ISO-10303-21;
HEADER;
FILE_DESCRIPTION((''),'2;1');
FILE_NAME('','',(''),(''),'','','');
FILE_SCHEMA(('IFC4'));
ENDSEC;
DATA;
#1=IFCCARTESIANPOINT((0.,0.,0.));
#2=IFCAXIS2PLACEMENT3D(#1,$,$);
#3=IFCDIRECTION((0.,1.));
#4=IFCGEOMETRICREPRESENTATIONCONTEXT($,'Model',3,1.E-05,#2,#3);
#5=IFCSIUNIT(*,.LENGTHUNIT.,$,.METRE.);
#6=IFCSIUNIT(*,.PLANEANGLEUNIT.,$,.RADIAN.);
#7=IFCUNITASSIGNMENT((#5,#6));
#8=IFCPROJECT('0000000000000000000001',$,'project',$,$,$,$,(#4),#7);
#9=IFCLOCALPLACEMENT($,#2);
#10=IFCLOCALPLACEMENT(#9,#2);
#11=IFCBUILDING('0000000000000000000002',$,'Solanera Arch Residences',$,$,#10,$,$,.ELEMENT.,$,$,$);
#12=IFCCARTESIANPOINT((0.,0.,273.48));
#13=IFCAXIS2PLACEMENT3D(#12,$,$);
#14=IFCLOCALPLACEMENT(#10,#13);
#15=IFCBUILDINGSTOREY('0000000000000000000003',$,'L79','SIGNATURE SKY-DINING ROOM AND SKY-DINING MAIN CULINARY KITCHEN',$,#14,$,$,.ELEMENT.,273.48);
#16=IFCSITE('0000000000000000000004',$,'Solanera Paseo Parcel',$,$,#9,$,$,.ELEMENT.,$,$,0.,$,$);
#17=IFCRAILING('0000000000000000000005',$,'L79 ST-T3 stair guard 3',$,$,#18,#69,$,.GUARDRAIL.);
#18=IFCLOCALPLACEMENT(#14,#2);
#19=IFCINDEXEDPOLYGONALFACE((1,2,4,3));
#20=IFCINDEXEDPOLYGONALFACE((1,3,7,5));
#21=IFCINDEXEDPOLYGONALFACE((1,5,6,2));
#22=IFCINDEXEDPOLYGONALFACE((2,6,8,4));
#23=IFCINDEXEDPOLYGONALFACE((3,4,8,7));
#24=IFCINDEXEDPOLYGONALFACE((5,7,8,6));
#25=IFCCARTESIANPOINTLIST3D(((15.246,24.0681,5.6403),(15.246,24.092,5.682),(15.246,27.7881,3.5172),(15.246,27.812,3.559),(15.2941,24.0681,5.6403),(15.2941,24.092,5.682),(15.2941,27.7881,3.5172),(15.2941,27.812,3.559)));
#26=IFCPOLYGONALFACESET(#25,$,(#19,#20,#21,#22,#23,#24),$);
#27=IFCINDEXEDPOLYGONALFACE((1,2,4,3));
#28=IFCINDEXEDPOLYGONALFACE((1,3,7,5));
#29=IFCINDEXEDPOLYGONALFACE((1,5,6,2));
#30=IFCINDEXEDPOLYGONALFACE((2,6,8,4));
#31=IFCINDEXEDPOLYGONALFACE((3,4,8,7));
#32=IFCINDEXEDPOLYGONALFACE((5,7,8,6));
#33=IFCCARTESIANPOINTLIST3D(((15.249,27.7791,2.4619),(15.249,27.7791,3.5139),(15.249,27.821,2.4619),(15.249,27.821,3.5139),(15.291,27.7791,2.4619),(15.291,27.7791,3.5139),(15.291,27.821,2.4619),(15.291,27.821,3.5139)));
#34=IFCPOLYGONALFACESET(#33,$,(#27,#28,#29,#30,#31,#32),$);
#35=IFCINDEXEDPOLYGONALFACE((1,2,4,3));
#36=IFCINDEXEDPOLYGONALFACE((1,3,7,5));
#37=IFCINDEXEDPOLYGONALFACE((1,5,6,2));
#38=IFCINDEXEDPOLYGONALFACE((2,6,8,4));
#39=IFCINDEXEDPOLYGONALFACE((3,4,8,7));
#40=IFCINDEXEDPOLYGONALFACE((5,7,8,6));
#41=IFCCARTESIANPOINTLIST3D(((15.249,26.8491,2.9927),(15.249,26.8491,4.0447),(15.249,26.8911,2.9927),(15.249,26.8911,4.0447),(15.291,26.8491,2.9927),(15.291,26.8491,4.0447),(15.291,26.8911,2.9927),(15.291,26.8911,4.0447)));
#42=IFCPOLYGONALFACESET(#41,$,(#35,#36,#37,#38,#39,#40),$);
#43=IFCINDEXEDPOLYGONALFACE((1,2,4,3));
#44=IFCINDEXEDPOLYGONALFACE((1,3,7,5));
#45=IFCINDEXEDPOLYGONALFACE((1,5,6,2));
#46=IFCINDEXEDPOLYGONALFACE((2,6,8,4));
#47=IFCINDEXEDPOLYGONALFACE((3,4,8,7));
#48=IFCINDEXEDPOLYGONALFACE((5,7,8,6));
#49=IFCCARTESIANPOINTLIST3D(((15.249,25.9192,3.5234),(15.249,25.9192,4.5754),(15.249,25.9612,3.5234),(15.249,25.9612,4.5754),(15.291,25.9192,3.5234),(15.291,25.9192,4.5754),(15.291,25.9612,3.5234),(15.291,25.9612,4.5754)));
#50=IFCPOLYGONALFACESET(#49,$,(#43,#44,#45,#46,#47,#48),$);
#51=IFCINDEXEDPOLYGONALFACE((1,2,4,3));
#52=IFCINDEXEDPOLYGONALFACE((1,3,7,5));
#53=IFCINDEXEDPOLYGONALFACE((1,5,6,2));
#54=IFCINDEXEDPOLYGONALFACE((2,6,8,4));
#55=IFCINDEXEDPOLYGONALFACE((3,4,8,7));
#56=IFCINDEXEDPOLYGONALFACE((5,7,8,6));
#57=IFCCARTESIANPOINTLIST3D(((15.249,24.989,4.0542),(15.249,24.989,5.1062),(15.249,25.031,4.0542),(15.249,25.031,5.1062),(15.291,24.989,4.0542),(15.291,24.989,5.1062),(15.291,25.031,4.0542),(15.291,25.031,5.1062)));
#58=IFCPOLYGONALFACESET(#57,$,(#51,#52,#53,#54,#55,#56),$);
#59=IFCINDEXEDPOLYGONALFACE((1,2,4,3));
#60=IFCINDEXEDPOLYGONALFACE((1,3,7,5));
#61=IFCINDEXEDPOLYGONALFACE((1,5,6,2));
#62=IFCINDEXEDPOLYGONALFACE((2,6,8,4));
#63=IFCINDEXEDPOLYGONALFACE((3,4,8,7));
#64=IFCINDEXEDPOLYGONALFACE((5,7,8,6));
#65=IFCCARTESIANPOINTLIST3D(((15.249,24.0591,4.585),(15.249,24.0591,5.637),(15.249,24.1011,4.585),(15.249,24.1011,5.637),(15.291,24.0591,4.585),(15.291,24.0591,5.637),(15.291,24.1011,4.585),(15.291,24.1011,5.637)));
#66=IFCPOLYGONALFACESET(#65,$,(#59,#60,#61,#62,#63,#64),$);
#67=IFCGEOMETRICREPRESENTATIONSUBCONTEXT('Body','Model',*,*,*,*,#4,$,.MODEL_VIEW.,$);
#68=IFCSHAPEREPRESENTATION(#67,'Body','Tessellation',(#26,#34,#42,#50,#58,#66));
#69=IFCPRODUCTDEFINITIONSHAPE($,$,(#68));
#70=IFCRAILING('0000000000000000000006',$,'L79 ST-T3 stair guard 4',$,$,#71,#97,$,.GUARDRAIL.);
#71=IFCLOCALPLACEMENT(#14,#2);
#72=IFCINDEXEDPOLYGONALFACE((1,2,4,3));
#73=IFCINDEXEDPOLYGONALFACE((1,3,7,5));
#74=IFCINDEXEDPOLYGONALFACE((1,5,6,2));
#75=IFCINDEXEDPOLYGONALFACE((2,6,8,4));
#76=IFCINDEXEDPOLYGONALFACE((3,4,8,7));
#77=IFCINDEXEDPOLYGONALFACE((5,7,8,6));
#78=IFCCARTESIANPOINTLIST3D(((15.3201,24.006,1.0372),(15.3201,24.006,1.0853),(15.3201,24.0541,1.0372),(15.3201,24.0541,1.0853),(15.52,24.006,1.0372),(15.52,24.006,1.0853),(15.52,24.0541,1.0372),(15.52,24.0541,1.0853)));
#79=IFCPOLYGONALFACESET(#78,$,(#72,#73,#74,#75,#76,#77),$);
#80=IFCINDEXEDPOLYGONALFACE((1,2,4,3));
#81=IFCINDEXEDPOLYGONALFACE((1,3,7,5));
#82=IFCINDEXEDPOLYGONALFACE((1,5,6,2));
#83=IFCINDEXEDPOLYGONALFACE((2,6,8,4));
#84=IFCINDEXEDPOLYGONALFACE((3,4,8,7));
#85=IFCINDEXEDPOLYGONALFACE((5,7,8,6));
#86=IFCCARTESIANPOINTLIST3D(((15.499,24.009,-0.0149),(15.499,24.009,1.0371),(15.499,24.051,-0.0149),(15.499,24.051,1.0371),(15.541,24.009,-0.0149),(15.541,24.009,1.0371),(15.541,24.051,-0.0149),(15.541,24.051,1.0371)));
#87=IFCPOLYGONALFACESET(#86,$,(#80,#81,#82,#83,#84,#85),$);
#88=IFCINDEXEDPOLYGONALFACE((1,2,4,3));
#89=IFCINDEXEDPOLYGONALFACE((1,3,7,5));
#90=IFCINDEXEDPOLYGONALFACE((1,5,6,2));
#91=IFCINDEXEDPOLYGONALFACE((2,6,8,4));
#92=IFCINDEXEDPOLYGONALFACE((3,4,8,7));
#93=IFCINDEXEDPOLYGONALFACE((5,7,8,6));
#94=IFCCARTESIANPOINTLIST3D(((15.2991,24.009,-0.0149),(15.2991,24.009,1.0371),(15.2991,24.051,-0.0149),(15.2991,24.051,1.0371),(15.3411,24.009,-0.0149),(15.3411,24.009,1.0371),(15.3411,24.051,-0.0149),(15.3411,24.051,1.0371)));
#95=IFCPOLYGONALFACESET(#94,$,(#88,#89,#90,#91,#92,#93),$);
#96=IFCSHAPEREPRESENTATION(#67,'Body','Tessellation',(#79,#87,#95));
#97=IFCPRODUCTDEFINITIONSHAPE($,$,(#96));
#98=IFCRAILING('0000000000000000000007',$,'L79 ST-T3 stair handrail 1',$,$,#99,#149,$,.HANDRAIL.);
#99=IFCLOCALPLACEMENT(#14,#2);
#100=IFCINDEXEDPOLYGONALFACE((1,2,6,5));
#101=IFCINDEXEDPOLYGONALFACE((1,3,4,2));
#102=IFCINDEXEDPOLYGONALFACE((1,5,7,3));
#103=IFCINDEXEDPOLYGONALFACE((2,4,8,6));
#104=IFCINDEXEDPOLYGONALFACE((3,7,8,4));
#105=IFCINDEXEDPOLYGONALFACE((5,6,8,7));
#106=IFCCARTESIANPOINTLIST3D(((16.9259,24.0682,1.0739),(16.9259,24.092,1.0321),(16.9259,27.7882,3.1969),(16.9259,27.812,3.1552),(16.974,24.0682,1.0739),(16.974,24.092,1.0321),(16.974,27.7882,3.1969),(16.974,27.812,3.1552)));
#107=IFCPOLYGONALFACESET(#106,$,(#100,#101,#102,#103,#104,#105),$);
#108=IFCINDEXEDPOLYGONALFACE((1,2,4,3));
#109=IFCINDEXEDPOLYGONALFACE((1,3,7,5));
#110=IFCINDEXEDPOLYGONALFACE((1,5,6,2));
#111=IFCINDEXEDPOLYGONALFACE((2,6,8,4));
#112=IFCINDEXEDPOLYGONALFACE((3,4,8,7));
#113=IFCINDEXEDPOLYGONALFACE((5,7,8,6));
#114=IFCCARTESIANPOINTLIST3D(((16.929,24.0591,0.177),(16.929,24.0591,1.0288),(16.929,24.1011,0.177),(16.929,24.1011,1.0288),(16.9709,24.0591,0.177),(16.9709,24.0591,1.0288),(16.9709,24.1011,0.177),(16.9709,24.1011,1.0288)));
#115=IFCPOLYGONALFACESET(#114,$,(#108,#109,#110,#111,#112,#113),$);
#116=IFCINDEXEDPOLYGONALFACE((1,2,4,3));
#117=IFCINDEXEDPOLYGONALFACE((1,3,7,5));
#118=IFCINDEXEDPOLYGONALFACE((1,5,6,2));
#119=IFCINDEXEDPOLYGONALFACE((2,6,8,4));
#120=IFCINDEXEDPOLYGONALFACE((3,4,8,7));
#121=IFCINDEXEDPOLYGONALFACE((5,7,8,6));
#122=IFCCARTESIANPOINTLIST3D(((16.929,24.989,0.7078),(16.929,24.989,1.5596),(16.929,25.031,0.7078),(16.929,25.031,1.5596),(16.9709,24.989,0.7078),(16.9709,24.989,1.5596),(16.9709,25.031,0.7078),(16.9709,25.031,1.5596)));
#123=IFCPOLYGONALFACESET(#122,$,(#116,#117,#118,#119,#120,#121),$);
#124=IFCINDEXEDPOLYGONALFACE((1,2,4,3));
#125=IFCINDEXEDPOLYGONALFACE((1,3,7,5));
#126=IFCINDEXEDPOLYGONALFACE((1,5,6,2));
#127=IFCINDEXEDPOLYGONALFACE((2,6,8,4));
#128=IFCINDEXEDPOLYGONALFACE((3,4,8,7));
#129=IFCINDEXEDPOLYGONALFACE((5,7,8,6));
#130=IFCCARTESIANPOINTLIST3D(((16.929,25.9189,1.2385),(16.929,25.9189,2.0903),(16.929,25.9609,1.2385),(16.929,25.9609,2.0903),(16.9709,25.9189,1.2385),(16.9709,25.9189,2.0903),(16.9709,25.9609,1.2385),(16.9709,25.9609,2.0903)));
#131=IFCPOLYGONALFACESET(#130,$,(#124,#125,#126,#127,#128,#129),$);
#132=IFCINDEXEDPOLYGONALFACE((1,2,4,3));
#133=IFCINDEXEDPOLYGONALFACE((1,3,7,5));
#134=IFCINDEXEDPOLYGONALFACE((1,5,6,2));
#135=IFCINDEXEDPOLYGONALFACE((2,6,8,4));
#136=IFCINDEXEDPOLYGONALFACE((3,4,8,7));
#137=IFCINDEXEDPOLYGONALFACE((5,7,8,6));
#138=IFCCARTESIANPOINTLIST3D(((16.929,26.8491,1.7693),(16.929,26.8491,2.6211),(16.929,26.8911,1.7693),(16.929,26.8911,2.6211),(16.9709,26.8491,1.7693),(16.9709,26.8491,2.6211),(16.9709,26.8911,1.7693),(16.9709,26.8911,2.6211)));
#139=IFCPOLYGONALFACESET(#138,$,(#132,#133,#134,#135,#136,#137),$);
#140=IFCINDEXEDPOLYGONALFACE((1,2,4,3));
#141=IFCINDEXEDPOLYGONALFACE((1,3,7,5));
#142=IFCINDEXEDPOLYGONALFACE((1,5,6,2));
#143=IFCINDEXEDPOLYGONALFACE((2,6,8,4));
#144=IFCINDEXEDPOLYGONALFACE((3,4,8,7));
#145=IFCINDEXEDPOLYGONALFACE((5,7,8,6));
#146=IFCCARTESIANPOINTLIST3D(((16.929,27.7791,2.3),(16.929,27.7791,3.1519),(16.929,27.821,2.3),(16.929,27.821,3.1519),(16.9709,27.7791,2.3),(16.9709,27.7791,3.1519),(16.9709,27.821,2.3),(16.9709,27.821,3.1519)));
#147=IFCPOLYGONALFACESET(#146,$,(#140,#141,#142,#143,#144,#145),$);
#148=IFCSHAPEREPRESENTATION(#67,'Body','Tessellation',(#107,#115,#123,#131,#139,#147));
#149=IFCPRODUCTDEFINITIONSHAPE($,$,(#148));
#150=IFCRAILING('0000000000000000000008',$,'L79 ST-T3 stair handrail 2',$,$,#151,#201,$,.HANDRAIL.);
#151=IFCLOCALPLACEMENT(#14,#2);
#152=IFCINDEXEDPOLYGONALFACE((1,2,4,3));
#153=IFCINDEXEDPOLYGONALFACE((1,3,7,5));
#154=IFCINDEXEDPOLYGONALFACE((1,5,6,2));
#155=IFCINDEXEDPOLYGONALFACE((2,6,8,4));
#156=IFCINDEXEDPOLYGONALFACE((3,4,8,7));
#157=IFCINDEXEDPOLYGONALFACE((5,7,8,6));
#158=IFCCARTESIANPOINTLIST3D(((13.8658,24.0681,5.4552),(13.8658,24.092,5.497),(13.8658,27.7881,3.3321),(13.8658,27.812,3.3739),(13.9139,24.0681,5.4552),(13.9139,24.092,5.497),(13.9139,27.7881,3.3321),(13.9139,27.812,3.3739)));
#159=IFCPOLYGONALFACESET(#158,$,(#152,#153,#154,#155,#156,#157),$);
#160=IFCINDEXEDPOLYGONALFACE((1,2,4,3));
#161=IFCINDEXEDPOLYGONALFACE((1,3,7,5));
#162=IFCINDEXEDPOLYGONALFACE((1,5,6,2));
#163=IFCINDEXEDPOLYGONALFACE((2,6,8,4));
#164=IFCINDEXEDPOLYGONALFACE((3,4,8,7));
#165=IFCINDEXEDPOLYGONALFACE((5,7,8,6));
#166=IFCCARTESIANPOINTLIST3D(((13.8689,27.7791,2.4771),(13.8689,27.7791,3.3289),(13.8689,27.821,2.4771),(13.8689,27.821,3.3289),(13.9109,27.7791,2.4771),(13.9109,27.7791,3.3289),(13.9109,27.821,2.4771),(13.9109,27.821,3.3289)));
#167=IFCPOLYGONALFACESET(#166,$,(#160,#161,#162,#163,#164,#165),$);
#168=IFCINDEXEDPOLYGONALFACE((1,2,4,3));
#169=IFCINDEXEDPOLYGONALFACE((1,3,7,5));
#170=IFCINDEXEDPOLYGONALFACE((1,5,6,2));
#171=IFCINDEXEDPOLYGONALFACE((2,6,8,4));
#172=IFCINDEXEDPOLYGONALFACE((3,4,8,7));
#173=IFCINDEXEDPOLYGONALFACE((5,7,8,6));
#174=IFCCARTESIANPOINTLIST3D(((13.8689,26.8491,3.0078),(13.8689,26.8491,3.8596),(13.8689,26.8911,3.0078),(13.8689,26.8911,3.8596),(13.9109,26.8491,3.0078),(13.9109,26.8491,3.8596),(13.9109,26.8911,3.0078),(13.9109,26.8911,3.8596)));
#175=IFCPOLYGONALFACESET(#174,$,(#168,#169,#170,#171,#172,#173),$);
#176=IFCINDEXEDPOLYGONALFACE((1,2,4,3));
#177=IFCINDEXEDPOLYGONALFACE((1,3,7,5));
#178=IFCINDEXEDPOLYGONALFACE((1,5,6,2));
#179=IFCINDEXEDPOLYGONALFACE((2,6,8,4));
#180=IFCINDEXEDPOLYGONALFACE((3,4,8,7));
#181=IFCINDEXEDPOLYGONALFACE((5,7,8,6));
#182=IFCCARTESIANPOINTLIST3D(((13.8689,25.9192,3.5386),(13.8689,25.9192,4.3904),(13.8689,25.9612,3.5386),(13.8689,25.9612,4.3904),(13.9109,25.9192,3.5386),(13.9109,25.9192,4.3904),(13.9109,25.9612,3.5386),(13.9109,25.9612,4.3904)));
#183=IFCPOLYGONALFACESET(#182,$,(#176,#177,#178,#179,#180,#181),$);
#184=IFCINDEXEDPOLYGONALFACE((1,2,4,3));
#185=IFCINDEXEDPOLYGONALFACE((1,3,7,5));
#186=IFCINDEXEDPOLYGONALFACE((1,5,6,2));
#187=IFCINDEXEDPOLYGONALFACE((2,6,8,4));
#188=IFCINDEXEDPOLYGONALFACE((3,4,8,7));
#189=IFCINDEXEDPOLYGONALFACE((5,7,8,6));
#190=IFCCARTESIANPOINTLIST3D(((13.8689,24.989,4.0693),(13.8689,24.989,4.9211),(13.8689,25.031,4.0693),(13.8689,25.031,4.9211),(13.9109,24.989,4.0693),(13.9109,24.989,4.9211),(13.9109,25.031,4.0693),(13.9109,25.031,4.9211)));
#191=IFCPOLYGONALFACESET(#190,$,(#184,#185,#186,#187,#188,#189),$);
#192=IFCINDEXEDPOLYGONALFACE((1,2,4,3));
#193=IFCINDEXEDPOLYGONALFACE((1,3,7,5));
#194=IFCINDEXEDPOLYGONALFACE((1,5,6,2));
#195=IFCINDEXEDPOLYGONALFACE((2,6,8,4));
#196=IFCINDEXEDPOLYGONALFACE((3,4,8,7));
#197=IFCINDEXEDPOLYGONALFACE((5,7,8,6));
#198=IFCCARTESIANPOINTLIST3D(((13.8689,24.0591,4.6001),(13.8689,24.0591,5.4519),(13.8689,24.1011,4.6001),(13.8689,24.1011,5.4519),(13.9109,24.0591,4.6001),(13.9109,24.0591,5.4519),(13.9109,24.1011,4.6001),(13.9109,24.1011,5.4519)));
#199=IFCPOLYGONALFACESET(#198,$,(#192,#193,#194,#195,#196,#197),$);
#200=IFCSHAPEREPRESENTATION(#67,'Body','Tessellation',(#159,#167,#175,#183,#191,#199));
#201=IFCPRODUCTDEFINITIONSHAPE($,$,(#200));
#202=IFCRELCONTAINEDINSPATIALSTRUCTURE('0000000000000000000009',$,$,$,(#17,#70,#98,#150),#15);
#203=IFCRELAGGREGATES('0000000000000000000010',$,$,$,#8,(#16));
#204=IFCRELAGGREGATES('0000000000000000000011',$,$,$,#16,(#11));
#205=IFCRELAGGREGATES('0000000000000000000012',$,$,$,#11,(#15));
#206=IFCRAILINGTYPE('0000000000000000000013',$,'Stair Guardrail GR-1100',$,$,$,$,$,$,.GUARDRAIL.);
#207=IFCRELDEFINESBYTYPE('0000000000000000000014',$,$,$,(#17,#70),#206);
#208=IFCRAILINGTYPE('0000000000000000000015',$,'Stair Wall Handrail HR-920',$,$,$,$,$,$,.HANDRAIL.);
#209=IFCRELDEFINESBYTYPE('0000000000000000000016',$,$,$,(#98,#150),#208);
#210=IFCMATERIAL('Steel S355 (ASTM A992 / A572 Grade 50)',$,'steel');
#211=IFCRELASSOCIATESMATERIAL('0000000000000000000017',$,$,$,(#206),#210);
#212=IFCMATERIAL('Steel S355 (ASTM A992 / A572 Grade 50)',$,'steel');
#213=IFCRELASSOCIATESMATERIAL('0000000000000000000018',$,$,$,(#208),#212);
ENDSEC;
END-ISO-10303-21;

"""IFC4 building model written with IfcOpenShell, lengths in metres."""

from ifc_helpers import new_model, si_unit, direction, frame, origin, origin_2d, place, context, subcontext, project, spatial, rectangle, extrude, material, type_object, element, save


model = new_model("IFC4")

# Units and contexts
model_context = context("Model", 3, precision=1e-05, world=origin(), true_north=direction((0.0, 1.0)))
body_context = subcontext(model_context, "Body", "Model", "MODEL_VIEW")
ifc_project = project(units=[si_unit("LENGTHUNIT", "METRE"), si_unit("PLANEANGLEUNIT", "RADIAN")], contexts=[model_context])

# Site, building, storey
site_placement = place(None, origin())
site = spatial("IfcSite", under=ifc_project, at=site_placement, Name="Solanera Paseo Parcel", CompositionType="ELEMENT", RefElevation=0.0)
building_placement = place(site_placement, origin())
building = spatial("IfcBuilding", under=site, at=building_placement, Name="Solanera Arch Residences", CompositionType="ELEMENT")
storey_placement = place(building_placement, frame((0.0, 0.0, 273.48)))
storey = spatial("IfcBuildingStorey", under=building, at=storey_placement, Name="L79", Description="SIGNATURE SKY-DINING ROOM AND SKY-DINING MAIN CULINARY KITCHEN", CompositionType="ELEMENT", Elevation=273.48)

# Railings
ifc_material_1 = material(Name="Steel S355 (ASTM A992 / A572 Grade 50)", Category="steel")
railing_type_1 = type_object("IfcRailingType", Name="Stair Guardrail GR-1100", PredefinedType="GUARDRAIL", material=ifc_material_1)
railing_1_placement = place(storey_placement, frame((15.27, 27.8, 2.4619)))
element("IfcRailing", 1, at=railing_1_placement, inside=storey, type_object=railing_type_1, Name="L79 ST-T3 stair guard 3", PredefinedType="GUARDRAIL", context=body_context, shape_type="SweptSolid", body=[
    extrude(rectangle(XDim=0.0481, YDim=0.0481, at=origin_2d()), frame((0.0, 0.0, 1.0762), z_axis=(0.0, -0.86851, 0.495672), x_axis=(1.0, 0.0, 0.0)), (0.0, 0.0, 1.0), 4.2832),
    extrude(rectangle(XDim=0.042, YDim=0.042, at=origin_2d()), origin(), (0.0, 0.0, 1.0), 1.052),
    extrude(rectangle(XDim=0.042, YDim=0.042, at=origin_2d()), frame((0.0, -0.9299, 0.5308)), (0.0, 0.0, 1.0), 1.052),
    extrude(rectangle(XDim=0.042, YDim=0.042, at=origin_2d()), frame((0.0, -1.8599, 1.0615)), (0.0, 0.0, 1.0), 1.052),
    extrude(rectangle(XDim=0.042, YDim=0.042, at=origin_2d()), frame((0.0, -2.79, 1.5923)), (0.0, 0.0, 1.0), 1.052),
    extrude(rectangle(XDim=0.042, YDim=0.042, at=origin_2d()), frame((0.0, -3.72, 2.123)), (0.0, 0.0, 1.0), 1.052),
])
railing_2_placement = place(storey_placement, frame((15.52, 24.03, -0.0149)))
element("IfcRailing", 2, at=railing_2_placement, inside=storey, type_object=railing_type_1, Name="L79 ST-T3 stair guard 4", PredefinedType="GUARDRAIL", context=body_context, shape_type="SweptSolid", body=[
    extrude(rectangle(XDim=0.0481, YDim=0.0481, at=origin_2d()), frame((0.0, 0.0, 1.0762), z_axis=(-1.0, 0.0, 0.0), x_axis=(0.0, -1.0, 0.0)), (0.0, 0.0, 1.0), 0.2),
    extrude(rectangle(XDim=0.042, YDim=0.042, at=origin_2d()), origin(), (0.0, 0.0, 1.0), 1.052),
    extrude(rectangle(XDim=0.042, YDim=0.042, at=origin_2d()), frame((-0.2, 0.0, 0.0)), (0.0, 0.0, 1.0), 1.052),
])
ifc_material_2 = material(Name="Steel S355 (ASTM A992 / A572 Grade 50)", Category="steel")
railing_type_2 = type_object("IfcRailingType", Name="Stair Wall Handrail HR-920", PredefinedType="HANDRAIL", material=ifc_material_2)
railing_3_placement = place(storey_placement, frame((16.95, 24.0801, 0.177)))
element("IfcRailing", 3, at=railing_3_placement, inside=storey, type_object=railing_type_2, Name="L79 ST-T3 stair handrail 1", PredefinedType="HANDRAIL", context=body_context, shape_type="SweptSolid", body=[
    extrude(rectangle(XDim=0.0481, YDim=0.0481, at=origin_2d()), frame((0.0, 0.0, 0.876), z_axis=(0.0, 0.86851, 0.495672), x_axis=(-1.0, 0.0, 0.0)), (0.0, 0.0, 1.0), 4.2832),
    extrude(rectangle(XDim=0.042, YDim=0.042, at=origin_2d()), origin(), (0.0, 0.0, 1.0), 0.8518),
    extrude(rectangle(XDim=0.042, YDim=0.042, at=origin_2d()), frame((0.0, 0.9299, 0.5308)), (0.0, 0.0, 1.0), 0.8518),
    extrude(rectangle(XDim=0.042, YDim=0.042, at=origin_2d()), frame((0.0, 1.8599, 1.0615)), (0.0, 0.0, 1.0), 0.8518),
    extrude(rectangle(XDim=0.042, YDim=0.042, at=origin_2d()), frame((0.0, 2.79, 1.5923)), (0.0, 0.0, 1.0), 0.8518),
    extrude(rectangle(XDim=0.042, YDim=0.042, at=origin_2d()), frame((0.0, 3.72, 2.123)), (0.0, 0.0, 1.0), 0.8518),
])
railing_4_placement = place(storey_placement, frame((13.8899, 27.8, 2.4771)))
element("IfcRailing", 4, at=railing_4_placement, inside=storey, type_object=railing_type_2, Name="L79 ST-T3 stair handrail 2", PredefinedType="HANDRAIL", context=body_context, shape_type="SweptSolid", body=[
    extrude(rectangle(XDim=0.0481, YDim=0.0481, at=origin_2d()), frame((0.0, 0.0, 0.876), z_axis=(0.0, -0.86851, 0.495672), x_axis=(1.0, 0.0, 0.0)), (0.0, 0.0, 1.0), 4.2832),
    extrude(rectangle(XDim=0.042, YDim=0.042, at=origin_2d()), origin(), (0.0, 0.0, 1.0), 0.8518),
    extrude(rectangle(XDim=0.042, YDim=0.042, at=origin_2d()), frame((0.0, -0.9299, 0.5308)), (0.0, 0.0, 1.0), 0.8518),
    extrude(rectangle(XDim=0.042, YDim=0.042, at=origin_2d()), frame((0.0, -1.8599, 1.0615)), (0.0, 0.0, 1.0), 0.8518),
    extrude(rectangle(XDim=0.042, YDim=0.042, at=origin_2d()), frame((0.0, -2.79, 1.5923)), (0.0, 0.0, 1.0), 0.8518),
    extrude(rectangle(XDim=0.042, YDim=0.042, at=origin_2d()), frame((0.0, -3.72, 2.123)), (0.0, 0.0, 1.0), 0.8518),
])

save(model, "model.ifc")
